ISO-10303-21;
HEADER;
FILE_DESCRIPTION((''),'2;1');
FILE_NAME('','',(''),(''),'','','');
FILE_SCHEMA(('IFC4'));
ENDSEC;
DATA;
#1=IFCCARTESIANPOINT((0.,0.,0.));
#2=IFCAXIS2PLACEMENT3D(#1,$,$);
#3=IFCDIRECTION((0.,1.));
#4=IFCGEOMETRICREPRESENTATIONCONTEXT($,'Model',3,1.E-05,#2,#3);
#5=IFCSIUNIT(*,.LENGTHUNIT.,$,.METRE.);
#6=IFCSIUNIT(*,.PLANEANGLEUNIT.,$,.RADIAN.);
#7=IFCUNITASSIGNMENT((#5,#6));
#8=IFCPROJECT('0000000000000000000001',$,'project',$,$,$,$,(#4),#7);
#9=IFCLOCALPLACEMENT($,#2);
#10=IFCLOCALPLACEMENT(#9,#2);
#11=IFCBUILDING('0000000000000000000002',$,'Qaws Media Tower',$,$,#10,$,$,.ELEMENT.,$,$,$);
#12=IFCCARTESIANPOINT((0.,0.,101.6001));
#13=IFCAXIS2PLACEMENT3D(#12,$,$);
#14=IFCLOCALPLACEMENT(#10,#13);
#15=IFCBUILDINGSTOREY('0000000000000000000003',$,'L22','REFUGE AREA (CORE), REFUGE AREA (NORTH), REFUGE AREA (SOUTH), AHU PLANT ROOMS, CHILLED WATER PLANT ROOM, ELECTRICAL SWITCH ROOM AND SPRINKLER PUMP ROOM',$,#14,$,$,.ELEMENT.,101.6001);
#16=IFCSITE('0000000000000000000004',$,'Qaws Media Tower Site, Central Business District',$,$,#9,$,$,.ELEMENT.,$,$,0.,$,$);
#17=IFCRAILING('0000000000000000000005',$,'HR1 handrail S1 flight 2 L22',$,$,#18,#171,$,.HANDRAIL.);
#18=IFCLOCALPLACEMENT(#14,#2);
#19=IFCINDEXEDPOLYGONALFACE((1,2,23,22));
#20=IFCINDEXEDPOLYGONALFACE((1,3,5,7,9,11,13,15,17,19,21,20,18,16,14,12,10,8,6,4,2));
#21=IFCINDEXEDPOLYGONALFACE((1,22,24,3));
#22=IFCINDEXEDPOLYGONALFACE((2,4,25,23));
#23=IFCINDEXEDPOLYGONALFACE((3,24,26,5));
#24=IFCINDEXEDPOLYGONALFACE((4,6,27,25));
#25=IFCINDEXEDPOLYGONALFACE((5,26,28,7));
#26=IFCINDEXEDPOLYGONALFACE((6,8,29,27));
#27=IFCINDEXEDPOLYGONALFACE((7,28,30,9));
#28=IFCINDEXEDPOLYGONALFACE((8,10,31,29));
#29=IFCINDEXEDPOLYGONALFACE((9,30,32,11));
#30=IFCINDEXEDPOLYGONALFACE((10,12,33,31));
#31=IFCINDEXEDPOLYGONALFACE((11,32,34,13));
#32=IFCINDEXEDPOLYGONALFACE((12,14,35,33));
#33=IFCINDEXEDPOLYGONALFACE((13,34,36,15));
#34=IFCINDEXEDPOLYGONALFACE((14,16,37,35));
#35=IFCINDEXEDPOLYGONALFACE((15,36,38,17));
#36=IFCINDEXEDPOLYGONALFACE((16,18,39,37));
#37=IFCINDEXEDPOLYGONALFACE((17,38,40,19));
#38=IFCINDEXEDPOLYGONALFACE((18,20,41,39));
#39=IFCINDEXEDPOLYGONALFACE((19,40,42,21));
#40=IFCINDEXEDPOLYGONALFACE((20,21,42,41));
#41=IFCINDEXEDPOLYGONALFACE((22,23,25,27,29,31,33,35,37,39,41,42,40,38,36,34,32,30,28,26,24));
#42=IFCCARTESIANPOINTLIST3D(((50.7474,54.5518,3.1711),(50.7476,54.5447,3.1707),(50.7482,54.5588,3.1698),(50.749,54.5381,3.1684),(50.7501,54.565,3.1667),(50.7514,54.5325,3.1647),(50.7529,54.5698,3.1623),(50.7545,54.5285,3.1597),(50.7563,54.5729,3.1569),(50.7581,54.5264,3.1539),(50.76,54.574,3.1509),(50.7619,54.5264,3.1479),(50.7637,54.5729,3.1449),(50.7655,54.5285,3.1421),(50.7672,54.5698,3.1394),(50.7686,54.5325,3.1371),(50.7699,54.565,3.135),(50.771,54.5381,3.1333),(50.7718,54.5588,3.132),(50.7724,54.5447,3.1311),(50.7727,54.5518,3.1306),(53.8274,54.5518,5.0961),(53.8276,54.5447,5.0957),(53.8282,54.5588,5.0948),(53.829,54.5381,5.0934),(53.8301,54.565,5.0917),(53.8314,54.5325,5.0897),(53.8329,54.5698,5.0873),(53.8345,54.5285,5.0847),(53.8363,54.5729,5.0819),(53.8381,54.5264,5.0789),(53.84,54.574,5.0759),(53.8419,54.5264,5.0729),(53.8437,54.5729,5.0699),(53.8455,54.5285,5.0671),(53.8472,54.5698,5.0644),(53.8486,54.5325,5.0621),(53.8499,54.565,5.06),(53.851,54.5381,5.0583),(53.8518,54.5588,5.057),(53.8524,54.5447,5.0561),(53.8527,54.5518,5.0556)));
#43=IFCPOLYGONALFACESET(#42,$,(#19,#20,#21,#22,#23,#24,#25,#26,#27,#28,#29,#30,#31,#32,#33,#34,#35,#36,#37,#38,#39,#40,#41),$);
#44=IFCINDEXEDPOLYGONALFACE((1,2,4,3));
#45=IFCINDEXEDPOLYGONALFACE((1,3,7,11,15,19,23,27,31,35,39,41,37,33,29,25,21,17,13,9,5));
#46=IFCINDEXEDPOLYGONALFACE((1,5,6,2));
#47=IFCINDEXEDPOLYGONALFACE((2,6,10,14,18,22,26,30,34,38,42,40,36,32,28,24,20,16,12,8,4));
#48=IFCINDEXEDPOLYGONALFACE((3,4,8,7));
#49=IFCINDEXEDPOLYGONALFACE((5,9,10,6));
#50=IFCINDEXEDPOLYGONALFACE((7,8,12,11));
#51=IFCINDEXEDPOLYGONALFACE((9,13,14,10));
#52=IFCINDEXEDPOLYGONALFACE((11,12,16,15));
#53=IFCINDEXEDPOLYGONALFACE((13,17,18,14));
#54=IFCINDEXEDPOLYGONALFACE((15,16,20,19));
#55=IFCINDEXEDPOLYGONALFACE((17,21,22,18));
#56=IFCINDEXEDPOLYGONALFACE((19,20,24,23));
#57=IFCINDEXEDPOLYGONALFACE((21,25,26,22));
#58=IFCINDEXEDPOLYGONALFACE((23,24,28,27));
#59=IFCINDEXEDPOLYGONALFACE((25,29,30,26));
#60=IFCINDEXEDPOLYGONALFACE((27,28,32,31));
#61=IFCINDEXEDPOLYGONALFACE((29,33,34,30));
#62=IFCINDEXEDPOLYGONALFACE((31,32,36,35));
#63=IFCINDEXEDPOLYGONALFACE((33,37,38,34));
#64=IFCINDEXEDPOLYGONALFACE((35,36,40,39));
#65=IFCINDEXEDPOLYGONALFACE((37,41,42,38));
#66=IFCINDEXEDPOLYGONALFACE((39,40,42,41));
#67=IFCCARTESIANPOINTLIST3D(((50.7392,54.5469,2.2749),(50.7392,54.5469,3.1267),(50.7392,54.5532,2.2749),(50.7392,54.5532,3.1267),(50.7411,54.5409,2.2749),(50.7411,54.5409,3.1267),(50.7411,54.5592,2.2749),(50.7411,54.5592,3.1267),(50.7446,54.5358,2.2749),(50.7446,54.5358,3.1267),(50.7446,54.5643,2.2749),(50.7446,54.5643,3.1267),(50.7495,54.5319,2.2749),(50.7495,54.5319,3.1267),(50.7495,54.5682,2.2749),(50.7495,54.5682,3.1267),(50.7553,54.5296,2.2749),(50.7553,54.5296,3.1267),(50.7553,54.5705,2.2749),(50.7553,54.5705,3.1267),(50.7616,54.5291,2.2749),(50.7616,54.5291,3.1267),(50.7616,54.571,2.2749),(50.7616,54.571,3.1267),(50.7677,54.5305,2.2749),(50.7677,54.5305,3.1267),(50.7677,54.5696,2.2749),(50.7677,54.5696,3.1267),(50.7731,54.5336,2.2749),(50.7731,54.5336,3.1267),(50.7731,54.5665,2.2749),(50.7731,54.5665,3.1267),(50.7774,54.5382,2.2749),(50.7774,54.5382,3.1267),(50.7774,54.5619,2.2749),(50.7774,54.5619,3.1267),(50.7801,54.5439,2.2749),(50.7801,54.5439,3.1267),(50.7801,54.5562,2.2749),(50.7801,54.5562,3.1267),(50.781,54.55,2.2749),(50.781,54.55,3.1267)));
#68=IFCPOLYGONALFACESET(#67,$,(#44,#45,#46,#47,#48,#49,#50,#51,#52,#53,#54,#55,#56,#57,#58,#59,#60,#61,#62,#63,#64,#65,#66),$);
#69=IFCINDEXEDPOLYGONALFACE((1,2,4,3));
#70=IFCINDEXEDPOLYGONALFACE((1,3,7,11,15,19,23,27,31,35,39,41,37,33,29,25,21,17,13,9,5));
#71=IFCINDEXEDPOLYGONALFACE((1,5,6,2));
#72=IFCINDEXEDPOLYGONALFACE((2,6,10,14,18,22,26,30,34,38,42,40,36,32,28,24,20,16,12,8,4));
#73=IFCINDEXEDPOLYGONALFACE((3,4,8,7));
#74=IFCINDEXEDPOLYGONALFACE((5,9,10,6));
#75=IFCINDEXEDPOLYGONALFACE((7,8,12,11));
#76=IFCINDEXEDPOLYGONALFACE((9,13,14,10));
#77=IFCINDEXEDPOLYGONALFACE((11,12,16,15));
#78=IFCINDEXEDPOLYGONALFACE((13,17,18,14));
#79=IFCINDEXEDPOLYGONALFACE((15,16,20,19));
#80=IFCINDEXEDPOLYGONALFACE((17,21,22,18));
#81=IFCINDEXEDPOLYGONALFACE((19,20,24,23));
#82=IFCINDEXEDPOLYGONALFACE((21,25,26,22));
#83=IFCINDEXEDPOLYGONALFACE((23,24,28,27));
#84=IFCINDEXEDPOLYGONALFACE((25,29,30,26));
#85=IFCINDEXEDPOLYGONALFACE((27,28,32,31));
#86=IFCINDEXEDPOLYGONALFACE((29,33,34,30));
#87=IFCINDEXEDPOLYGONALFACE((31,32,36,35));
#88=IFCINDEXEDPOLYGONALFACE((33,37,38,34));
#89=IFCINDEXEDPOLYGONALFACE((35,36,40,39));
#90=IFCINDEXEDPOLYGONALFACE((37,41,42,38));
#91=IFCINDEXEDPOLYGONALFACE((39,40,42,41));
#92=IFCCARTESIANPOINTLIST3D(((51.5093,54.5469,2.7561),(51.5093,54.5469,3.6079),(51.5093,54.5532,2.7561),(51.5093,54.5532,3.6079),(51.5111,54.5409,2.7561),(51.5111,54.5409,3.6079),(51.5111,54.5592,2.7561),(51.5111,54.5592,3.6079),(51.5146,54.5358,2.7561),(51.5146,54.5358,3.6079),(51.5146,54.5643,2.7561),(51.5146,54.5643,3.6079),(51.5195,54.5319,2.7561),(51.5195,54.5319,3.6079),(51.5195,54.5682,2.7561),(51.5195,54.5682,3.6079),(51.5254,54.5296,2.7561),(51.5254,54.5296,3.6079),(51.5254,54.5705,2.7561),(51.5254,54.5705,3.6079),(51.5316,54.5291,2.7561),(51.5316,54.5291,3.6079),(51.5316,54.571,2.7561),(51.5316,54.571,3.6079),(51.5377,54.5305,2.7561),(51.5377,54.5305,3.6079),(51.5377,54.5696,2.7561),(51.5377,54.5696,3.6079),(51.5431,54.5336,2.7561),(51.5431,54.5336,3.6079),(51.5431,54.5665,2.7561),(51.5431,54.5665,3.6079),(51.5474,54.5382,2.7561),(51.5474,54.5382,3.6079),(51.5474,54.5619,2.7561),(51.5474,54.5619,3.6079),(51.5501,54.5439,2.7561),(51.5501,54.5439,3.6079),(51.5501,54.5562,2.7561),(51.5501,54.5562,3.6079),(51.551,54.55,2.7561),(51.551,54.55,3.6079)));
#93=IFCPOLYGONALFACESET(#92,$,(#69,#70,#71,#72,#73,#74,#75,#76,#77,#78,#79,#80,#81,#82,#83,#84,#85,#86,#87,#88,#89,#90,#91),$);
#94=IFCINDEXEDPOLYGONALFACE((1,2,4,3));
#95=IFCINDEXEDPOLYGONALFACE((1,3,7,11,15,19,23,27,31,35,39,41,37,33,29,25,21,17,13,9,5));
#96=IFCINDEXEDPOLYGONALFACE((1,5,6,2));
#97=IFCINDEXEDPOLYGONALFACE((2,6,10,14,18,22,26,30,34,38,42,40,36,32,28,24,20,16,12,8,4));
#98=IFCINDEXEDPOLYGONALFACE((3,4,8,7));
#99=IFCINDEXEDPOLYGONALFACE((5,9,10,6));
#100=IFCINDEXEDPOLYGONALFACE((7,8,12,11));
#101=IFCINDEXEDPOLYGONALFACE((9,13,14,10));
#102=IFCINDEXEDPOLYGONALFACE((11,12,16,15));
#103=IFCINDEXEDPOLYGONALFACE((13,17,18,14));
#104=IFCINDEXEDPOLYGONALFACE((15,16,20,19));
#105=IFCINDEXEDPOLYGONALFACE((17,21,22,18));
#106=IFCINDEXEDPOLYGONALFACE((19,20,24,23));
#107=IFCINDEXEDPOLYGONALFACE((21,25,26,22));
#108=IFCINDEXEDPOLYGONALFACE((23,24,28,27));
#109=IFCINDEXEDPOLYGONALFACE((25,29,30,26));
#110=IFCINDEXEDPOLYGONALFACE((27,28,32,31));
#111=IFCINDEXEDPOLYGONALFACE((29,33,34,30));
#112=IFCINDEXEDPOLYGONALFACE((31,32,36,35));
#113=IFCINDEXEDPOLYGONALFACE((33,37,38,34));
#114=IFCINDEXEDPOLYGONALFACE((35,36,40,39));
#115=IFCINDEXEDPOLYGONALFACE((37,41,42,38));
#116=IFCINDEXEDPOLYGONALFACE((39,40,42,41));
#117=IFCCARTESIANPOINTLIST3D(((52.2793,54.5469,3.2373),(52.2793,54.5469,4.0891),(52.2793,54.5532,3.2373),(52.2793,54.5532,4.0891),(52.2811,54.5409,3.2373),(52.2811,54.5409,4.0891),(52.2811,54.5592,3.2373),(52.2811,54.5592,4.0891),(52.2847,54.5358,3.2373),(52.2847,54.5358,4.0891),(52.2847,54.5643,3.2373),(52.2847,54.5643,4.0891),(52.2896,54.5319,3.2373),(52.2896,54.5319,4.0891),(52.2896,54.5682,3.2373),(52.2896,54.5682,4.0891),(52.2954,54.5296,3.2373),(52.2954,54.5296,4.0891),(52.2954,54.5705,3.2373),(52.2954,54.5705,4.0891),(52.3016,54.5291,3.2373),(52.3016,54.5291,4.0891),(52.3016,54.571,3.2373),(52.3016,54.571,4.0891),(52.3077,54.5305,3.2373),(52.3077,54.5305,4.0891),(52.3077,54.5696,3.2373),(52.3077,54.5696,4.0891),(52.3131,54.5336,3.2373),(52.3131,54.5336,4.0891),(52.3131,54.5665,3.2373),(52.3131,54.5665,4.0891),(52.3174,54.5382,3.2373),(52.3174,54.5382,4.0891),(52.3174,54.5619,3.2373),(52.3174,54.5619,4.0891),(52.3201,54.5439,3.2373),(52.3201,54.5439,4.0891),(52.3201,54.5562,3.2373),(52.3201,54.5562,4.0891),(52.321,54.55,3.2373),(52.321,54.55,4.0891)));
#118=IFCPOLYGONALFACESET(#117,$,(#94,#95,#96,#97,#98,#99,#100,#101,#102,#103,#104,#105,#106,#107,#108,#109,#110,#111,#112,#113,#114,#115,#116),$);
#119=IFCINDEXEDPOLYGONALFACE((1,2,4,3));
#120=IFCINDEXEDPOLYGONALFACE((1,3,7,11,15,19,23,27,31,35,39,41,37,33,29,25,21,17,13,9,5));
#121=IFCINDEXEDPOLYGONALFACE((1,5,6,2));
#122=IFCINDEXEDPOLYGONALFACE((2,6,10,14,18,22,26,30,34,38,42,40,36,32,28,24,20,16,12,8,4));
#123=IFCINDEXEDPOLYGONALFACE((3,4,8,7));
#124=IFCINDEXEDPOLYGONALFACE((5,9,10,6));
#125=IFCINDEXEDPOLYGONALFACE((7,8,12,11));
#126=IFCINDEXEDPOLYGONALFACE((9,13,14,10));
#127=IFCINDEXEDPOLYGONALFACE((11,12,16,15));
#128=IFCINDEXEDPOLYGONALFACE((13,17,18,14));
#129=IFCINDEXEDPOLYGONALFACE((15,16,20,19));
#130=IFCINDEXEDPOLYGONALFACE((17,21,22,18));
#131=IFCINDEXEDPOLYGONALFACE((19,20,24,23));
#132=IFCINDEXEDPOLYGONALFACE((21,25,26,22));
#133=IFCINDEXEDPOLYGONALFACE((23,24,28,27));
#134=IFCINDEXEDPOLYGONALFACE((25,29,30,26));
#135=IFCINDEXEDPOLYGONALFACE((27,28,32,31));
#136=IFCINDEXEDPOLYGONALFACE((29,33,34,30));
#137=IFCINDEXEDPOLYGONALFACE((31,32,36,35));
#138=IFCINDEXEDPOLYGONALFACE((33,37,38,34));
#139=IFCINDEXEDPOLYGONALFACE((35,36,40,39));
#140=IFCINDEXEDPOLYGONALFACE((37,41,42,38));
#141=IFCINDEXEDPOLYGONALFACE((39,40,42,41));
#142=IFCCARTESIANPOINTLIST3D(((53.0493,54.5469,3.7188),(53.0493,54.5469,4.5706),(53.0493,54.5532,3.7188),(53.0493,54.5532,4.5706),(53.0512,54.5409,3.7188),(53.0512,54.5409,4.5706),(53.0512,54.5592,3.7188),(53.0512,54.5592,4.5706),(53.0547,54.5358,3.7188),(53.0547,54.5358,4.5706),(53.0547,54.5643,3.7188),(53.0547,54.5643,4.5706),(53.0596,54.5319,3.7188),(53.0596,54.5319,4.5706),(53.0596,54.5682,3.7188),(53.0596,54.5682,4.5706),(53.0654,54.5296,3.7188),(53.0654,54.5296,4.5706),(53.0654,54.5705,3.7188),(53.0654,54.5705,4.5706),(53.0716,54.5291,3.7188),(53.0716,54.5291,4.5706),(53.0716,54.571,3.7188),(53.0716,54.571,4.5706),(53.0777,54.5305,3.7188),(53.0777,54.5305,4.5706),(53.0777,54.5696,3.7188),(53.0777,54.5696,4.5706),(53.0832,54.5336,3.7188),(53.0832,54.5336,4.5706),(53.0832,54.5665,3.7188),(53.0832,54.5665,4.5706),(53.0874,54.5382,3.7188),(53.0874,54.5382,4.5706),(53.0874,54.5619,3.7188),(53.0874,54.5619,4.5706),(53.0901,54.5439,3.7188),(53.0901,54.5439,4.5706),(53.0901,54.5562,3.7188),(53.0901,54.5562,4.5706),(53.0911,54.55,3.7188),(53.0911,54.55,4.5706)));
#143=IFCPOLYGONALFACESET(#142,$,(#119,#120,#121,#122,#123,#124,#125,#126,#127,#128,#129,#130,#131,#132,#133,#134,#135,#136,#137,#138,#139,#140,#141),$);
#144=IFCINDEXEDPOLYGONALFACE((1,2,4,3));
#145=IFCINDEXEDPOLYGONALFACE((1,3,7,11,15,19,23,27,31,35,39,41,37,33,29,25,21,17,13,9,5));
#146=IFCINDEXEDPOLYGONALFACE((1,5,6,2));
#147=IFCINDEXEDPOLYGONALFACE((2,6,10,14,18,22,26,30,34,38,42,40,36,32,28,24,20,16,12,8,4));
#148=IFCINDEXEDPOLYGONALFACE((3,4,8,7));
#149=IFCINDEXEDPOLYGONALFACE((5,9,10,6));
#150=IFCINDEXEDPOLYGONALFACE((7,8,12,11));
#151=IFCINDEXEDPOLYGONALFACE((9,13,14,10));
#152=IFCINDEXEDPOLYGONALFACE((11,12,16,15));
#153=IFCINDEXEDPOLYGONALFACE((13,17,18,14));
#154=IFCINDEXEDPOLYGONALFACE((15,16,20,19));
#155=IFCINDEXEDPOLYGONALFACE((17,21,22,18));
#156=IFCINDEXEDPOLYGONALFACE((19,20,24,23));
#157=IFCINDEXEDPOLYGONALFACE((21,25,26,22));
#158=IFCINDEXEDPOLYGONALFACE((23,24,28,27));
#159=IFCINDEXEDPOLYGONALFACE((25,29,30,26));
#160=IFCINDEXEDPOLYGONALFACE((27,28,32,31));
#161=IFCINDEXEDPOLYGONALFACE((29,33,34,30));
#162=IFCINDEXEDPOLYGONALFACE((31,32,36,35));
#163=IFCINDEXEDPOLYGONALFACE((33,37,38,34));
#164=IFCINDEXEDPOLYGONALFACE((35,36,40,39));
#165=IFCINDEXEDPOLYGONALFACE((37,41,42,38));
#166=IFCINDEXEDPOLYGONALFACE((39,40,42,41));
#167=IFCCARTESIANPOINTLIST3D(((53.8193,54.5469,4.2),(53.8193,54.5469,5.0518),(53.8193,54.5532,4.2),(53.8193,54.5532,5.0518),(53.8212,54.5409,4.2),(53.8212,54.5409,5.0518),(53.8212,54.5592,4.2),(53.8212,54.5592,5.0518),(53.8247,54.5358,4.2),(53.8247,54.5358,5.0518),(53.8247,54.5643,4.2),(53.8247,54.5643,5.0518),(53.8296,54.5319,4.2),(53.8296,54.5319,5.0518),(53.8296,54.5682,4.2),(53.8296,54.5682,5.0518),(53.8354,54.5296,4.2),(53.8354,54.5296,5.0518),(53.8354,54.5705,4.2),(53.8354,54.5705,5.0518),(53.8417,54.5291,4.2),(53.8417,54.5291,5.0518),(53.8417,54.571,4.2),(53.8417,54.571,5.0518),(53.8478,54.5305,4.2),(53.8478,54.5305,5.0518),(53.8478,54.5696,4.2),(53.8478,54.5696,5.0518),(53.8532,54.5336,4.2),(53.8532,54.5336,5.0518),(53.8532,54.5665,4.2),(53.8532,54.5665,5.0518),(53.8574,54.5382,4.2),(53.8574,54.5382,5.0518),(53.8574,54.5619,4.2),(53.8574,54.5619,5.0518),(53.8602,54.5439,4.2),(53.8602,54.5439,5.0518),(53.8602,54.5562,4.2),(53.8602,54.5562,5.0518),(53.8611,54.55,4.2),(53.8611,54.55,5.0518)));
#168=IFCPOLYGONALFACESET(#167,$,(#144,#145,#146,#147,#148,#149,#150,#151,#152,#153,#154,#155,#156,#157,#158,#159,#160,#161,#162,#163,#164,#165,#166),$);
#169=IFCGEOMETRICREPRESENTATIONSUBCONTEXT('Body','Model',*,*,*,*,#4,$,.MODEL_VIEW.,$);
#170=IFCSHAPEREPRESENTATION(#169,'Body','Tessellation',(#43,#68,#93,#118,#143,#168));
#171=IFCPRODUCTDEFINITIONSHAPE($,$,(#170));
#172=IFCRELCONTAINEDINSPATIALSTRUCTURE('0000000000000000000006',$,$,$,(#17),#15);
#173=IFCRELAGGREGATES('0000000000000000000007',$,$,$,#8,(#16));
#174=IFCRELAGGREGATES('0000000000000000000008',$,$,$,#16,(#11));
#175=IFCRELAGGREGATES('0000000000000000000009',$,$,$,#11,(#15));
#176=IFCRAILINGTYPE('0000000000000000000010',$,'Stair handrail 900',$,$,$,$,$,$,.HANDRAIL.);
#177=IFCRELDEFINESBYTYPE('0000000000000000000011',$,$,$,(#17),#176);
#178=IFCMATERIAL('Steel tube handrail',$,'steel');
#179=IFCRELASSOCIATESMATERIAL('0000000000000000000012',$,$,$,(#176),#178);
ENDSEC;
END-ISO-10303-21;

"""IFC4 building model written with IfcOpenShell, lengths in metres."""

from ifc_helpers import new_model, si_unit, direction, frame, origin, origin_2d, place, context, subcontext, project, spatial, circle, extrude, material, type_object, element, save


model = new_model("IFC4")

# Units and contexts
model_context = context("Model", 3, precision=1e-05, world=origin(), true_north=direction((0.0, 1.0)))
body_context = subcontext(model_context, "Body", "Model", "MODEL_VIEW")
ifc_project = project(units=[si_unit("LENGTHUNIT", "METRE"), si_unit("PLANEANGLEUNIT", "RADIAN")], contexts=[model_context])

# Site, building, storey
site_placement = place(None, origin())
site = spatial("IfcSite", under=ifc_project, at=site_placement, Name="Qaws Media Tower Site, Central Business District", CompositionType="ELEMENT", RefElevation=0.0)
building_placement = place(site_placement, origin())
building = spatial("IfcBuilding", under=site, at=building_placement, Name="Qaws Media Tower", CompositionType="ELEMENT")
storey_placement = place(building_placement, frame((0.0, 0.0, 101.6001)))
storey = spatial("IfcBuildingStorey", under=building, at=storey_placement, Name="L22", Description="REFUGE AREA (CORE), REFUGE AREA (NORTH), REFUGE AREA (SOUTH), AHU PLANT ROOMS, CHILLED WATER PLANT ROOM, ELECTRICAL SWITCH ROOM AND SPRINKLER PUMP ROOM", CompositionType="ELEMENT", Elevation=101.6001)

# Railing
ifc_material_1 = material(Name="Steel tube handrail", Category="steel")
railing_type = type_object("IfcRailingType", Name="Stair handrail 900", PredefinedType="HANDRAIL", material=ifc_material_1)
for number, where, name in (
    (1, (50.76, 54.55, 2.2749), "HR1 handrail S1 flight 2 L22"),
):
    element("IfcRailing", number, at=place(storey_placement, frame(where)), inside=storey, type_object=railing_type, Name=name, PredefinedType="HANDRAIL", context=body_context, shape_type="SweptSolid", body=[
        extrude(circle(Radius=0.0239, at=origin_2d()), frame((0.0, 0.0, 0.876), z_axis=(0.847998, 0.0, 0.529999), x_axis=(0.0, 1.0, 0.0)), (0.0, 0.0, 1.0), 3.6321),
        extrude(circle(Radius=0.021, at=origin_2d()), origin(), (0.0, 0.0, 1.0), 0.8518),
        extrude(circle(Radius=0.021, at=origin_2d()), frame((0.77, 0.0, 0.4812)), (0.0, 0.0, 1.0), 0.8518),
        extrude(circle(Radius=0.021, at=origin_2d()), frame((1.54, 0.0, 0.9624)), (0.0, 0.0, 1.0), 0.8518),
        extrude(circle(Radius=0.021, at=origin_2d()), frame((2.3101, 0.0, 1.4438)), (0.0, 0.0, 1.0), 0.8518),
        extrude(circle(Radius=0.021, at=origin_2d()), frame((3.0801, 0.0, 1.925)), (0.0, 0.0, 1.0), 0.8518),
    ])

save(model, "model.ifc")
